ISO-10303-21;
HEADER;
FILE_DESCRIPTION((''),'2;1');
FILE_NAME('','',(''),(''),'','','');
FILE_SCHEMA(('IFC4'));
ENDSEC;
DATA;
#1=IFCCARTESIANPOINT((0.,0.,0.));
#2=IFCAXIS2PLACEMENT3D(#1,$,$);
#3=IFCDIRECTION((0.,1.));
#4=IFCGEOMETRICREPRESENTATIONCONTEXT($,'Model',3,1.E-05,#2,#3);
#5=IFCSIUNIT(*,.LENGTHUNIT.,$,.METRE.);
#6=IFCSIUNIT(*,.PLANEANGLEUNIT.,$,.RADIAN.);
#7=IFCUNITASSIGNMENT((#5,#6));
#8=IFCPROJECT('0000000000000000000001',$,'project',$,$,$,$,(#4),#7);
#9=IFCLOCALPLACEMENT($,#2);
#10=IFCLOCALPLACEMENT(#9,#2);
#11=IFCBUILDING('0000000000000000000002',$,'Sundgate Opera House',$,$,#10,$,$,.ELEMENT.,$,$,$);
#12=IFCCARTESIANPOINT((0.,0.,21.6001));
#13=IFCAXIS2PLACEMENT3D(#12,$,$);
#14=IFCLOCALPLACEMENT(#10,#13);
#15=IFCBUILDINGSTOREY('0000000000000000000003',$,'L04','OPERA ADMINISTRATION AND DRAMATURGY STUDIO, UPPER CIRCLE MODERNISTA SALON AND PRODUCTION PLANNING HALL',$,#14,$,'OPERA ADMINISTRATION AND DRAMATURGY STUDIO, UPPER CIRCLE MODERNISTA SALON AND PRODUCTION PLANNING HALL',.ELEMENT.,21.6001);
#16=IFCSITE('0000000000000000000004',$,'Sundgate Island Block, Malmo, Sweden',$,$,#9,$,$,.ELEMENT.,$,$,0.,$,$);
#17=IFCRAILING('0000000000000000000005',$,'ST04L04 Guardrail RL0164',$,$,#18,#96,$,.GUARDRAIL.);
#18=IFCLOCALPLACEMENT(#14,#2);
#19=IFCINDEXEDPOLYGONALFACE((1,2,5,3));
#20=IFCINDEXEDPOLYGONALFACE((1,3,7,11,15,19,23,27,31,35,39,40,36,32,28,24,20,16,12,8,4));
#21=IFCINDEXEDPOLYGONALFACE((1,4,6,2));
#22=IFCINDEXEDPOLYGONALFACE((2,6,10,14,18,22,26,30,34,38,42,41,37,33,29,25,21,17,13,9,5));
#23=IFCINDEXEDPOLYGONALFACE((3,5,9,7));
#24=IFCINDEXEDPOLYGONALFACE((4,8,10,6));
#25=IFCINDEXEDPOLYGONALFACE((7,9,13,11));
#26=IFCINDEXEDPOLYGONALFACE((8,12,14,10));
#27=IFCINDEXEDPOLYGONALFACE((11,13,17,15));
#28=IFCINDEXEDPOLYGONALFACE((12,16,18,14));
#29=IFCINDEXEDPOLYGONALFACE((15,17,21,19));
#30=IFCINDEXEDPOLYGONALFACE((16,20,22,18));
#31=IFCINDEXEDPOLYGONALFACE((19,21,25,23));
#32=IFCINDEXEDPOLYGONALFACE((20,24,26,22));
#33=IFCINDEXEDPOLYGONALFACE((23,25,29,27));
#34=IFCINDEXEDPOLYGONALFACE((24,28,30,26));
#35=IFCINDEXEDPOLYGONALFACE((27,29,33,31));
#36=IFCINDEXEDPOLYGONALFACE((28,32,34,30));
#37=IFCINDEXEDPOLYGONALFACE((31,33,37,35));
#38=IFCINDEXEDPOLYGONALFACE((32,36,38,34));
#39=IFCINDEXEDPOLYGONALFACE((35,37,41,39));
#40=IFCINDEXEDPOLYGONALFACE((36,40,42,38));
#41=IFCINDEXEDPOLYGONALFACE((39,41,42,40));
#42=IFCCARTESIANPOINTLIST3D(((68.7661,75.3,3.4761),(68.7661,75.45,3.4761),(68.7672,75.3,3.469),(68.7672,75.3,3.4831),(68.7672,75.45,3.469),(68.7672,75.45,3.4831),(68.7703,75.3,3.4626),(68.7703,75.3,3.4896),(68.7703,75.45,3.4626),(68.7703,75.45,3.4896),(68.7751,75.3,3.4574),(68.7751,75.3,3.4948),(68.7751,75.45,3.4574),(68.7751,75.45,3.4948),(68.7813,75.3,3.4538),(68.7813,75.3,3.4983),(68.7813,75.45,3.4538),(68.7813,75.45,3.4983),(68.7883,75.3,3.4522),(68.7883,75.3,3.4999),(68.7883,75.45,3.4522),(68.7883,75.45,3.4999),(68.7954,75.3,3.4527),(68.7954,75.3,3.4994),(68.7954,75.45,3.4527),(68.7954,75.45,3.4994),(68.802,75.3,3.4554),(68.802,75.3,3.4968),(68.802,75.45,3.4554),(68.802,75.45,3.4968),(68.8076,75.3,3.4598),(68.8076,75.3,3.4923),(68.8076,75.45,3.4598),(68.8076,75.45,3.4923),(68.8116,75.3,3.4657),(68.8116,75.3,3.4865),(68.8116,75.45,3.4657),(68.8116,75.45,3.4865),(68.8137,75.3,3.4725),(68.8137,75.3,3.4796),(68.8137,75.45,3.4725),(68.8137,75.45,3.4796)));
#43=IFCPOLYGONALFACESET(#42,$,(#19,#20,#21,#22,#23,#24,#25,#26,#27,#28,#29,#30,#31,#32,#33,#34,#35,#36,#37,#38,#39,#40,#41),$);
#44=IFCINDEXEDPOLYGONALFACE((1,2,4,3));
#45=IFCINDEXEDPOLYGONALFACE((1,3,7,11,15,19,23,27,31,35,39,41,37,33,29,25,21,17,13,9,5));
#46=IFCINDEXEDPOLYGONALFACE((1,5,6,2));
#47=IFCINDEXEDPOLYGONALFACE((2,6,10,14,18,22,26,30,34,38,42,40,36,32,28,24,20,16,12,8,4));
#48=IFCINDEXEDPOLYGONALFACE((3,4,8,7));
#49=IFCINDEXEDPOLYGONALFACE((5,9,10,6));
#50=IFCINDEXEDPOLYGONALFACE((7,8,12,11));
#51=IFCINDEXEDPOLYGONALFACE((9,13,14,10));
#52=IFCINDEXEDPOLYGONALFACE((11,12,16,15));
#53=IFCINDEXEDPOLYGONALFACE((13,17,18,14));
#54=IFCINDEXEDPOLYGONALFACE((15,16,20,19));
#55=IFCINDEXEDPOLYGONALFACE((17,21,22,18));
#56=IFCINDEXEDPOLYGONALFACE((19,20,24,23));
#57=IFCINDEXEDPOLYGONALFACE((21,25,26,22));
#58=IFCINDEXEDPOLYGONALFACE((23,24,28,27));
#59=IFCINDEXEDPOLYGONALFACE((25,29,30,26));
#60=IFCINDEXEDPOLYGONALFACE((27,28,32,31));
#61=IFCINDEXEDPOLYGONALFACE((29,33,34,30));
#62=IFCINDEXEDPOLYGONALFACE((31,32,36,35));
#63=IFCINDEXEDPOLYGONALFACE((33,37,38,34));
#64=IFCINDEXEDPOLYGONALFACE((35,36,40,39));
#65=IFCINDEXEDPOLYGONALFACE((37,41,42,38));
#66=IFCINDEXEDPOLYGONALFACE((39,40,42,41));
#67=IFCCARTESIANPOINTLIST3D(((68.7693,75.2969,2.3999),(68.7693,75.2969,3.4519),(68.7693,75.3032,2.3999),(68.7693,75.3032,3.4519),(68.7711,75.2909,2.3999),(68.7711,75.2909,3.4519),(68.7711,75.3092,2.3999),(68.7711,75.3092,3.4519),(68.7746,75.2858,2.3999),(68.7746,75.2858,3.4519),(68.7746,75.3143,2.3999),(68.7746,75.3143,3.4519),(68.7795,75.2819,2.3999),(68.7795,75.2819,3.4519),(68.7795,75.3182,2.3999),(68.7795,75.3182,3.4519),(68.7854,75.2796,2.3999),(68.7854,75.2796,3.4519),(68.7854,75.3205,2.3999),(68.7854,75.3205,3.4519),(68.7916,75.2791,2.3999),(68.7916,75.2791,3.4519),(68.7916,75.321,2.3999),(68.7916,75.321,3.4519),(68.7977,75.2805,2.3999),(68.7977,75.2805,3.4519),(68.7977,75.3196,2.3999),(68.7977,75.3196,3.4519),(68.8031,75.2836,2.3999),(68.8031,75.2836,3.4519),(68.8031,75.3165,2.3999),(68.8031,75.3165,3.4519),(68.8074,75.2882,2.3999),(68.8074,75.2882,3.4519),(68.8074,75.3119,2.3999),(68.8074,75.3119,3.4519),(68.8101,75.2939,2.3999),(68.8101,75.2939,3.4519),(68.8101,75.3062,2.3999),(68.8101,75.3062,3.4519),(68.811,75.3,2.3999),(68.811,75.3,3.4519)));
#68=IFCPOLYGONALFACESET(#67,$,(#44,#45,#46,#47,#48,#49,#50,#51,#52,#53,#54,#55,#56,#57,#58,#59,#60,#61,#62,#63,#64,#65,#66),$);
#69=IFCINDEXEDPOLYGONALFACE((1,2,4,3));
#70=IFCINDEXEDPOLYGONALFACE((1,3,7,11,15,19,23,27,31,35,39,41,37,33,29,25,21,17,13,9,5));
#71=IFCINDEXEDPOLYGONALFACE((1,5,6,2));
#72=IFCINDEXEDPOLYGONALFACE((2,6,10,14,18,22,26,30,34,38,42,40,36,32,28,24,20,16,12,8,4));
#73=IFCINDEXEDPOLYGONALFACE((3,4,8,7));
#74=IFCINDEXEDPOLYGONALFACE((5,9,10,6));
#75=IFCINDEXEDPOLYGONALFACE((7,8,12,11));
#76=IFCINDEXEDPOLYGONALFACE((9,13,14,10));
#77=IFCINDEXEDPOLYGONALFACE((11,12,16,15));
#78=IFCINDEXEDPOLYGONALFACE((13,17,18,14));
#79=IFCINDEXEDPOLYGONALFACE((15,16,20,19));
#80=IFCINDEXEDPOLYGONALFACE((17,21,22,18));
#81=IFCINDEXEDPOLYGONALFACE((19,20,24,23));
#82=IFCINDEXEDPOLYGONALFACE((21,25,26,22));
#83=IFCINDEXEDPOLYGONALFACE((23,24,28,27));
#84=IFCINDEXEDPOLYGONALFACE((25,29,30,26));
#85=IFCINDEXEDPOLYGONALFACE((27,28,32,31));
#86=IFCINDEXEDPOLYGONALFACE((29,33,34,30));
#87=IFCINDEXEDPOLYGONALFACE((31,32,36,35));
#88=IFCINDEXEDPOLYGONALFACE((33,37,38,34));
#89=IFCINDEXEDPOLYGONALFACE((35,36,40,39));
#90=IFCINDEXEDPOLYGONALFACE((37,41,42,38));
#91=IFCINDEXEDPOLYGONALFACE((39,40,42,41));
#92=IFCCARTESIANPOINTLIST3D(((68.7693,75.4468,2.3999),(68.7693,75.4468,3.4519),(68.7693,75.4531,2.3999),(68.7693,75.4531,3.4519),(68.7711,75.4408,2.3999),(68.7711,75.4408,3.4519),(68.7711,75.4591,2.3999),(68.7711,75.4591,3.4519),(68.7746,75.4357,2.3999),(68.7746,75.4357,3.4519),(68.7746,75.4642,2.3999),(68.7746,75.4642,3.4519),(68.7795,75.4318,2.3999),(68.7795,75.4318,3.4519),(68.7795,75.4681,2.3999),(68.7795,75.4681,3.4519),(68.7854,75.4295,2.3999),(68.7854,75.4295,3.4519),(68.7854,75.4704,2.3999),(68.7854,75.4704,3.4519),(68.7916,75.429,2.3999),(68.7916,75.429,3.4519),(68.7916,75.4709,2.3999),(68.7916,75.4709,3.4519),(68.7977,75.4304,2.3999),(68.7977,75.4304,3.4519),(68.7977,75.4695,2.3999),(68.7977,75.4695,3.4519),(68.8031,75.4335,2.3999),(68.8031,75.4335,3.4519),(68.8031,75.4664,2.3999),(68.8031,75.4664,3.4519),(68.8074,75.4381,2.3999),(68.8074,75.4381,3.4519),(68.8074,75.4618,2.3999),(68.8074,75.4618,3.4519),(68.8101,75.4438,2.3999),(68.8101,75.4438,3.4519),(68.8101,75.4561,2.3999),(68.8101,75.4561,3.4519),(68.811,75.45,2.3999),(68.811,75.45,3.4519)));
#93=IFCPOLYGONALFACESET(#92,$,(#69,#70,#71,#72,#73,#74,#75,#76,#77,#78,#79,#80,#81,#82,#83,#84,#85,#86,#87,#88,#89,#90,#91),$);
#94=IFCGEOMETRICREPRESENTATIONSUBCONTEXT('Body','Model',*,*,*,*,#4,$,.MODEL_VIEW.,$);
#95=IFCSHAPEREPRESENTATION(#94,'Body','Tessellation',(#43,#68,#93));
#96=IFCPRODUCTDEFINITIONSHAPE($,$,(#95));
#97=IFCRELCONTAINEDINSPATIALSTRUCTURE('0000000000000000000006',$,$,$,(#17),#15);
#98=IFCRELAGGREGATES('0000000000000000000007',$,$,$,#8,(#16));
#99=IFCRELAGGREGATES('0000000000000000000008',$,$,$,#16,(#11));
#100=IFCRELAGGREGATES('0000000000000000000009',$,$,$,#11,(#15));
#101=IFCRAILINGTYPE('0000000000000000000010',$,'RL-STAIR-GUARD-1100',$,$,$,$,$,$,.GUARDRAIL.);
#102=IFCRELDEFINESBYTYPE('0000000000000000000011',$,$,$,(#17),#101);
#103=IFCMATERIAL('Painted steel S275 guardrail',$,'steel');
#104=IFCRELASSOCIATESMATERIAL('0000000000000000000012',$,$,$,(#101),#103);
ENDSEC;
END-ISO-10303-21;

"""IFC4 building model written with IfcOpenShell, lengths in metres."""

from ifc_helpers import new_model, si_unit, direction, frame, origin, origin_2d, place, context, subcontext, project, spatial, circle, extrude, material, type_object, element, save


model = new_model("IFC4")

# Units and contexts
model_context = context("Model", 3, precision=1e-05, world=origin(), true_north=direction((0.0, 1.0)))
body_context = subcontext(model_context, "Body", "Model", "MODEL_VIEW")
ifc_project = project(units=[si_unit("LENGTHUNIT", "METRE"), si_unit("PLANEANGLEUNIT", "RADIAN")], contexts=[model_context])

# Site, building, storey
site_placement = place(None, origin())
site = spatial("IfcSite", under=ifc_project, at=site_placement, Name="Sundgate Island Block, Malmo, Sweden", CompositionType="ELEMENT", RefElevation=0.0)
building_placement = place(site_placement, origin())
building = spatial("IfcBuilding", under=site, at=building_placement, Name="Sundgate Opera House", CompositionType="ELEMENT")
storey_placement = place(building_placement, frame((0.0, 0.0, 21.6001)))
storey = spatial("IfcBuildingStorey", under=building, at=storey_placement, Name="L04", Description="OPERA ADMINISTRATION AND DRAMATURGY STUDIO, UPPER CIRCLE MODERNISTA SALON AND PRODUCTION PLANNING HALL", LongName="OPERA ADMINISTRATION AND DRAMATURGY STUDIO, UPPER CIRCLE MODERNISTA SALON AND PRODUCTION PLANNING HALL", CompositionType="ELEMENT", Elevation=21.6001)

# Railing
ifc_material_1 = material(Name="Painted steel S275 guardrail", Category="steel")
railing_type_1 = type_object("IfcRailingType", Name="RL-STAIR-GUARD-1100", PredefinedType="GUARDRAIL", material=ifc_material_1)
railing_1_placement = place(storey_placement, frame((68.79, 75.3, 2.3999)))
element("IfcRailing", 1, at=railing_1_placement, inside=storey, type_object=railing_type_1, Name="ST04L04 Guardrail RL0164", PredefinedType="GUARDRAIL", context=body_context, shape_type="SweptSolid", body=[
    extrude(circle(Radius=0.0239, at=origin_2d()), frame((0.0, 0.0, 1.0762), z_axis=(0.0, 1.0, 0.0), x_axis=(-1.0, 0.0, 0.0)), (0.0, 0.0, 1.0), 0.1499),
    extrude(circle(Radius=0.021, at=origin_2d()), origin(), (0.0, 0.0, 1.0), 1.052),
    extrude(circle(Radius=0.021, at=origin_2d()), frame((0.0, 0.1499, 0.0)), (0.0, 0.0, 1.0), 1.052),
])

save(model, "model.ifc")
